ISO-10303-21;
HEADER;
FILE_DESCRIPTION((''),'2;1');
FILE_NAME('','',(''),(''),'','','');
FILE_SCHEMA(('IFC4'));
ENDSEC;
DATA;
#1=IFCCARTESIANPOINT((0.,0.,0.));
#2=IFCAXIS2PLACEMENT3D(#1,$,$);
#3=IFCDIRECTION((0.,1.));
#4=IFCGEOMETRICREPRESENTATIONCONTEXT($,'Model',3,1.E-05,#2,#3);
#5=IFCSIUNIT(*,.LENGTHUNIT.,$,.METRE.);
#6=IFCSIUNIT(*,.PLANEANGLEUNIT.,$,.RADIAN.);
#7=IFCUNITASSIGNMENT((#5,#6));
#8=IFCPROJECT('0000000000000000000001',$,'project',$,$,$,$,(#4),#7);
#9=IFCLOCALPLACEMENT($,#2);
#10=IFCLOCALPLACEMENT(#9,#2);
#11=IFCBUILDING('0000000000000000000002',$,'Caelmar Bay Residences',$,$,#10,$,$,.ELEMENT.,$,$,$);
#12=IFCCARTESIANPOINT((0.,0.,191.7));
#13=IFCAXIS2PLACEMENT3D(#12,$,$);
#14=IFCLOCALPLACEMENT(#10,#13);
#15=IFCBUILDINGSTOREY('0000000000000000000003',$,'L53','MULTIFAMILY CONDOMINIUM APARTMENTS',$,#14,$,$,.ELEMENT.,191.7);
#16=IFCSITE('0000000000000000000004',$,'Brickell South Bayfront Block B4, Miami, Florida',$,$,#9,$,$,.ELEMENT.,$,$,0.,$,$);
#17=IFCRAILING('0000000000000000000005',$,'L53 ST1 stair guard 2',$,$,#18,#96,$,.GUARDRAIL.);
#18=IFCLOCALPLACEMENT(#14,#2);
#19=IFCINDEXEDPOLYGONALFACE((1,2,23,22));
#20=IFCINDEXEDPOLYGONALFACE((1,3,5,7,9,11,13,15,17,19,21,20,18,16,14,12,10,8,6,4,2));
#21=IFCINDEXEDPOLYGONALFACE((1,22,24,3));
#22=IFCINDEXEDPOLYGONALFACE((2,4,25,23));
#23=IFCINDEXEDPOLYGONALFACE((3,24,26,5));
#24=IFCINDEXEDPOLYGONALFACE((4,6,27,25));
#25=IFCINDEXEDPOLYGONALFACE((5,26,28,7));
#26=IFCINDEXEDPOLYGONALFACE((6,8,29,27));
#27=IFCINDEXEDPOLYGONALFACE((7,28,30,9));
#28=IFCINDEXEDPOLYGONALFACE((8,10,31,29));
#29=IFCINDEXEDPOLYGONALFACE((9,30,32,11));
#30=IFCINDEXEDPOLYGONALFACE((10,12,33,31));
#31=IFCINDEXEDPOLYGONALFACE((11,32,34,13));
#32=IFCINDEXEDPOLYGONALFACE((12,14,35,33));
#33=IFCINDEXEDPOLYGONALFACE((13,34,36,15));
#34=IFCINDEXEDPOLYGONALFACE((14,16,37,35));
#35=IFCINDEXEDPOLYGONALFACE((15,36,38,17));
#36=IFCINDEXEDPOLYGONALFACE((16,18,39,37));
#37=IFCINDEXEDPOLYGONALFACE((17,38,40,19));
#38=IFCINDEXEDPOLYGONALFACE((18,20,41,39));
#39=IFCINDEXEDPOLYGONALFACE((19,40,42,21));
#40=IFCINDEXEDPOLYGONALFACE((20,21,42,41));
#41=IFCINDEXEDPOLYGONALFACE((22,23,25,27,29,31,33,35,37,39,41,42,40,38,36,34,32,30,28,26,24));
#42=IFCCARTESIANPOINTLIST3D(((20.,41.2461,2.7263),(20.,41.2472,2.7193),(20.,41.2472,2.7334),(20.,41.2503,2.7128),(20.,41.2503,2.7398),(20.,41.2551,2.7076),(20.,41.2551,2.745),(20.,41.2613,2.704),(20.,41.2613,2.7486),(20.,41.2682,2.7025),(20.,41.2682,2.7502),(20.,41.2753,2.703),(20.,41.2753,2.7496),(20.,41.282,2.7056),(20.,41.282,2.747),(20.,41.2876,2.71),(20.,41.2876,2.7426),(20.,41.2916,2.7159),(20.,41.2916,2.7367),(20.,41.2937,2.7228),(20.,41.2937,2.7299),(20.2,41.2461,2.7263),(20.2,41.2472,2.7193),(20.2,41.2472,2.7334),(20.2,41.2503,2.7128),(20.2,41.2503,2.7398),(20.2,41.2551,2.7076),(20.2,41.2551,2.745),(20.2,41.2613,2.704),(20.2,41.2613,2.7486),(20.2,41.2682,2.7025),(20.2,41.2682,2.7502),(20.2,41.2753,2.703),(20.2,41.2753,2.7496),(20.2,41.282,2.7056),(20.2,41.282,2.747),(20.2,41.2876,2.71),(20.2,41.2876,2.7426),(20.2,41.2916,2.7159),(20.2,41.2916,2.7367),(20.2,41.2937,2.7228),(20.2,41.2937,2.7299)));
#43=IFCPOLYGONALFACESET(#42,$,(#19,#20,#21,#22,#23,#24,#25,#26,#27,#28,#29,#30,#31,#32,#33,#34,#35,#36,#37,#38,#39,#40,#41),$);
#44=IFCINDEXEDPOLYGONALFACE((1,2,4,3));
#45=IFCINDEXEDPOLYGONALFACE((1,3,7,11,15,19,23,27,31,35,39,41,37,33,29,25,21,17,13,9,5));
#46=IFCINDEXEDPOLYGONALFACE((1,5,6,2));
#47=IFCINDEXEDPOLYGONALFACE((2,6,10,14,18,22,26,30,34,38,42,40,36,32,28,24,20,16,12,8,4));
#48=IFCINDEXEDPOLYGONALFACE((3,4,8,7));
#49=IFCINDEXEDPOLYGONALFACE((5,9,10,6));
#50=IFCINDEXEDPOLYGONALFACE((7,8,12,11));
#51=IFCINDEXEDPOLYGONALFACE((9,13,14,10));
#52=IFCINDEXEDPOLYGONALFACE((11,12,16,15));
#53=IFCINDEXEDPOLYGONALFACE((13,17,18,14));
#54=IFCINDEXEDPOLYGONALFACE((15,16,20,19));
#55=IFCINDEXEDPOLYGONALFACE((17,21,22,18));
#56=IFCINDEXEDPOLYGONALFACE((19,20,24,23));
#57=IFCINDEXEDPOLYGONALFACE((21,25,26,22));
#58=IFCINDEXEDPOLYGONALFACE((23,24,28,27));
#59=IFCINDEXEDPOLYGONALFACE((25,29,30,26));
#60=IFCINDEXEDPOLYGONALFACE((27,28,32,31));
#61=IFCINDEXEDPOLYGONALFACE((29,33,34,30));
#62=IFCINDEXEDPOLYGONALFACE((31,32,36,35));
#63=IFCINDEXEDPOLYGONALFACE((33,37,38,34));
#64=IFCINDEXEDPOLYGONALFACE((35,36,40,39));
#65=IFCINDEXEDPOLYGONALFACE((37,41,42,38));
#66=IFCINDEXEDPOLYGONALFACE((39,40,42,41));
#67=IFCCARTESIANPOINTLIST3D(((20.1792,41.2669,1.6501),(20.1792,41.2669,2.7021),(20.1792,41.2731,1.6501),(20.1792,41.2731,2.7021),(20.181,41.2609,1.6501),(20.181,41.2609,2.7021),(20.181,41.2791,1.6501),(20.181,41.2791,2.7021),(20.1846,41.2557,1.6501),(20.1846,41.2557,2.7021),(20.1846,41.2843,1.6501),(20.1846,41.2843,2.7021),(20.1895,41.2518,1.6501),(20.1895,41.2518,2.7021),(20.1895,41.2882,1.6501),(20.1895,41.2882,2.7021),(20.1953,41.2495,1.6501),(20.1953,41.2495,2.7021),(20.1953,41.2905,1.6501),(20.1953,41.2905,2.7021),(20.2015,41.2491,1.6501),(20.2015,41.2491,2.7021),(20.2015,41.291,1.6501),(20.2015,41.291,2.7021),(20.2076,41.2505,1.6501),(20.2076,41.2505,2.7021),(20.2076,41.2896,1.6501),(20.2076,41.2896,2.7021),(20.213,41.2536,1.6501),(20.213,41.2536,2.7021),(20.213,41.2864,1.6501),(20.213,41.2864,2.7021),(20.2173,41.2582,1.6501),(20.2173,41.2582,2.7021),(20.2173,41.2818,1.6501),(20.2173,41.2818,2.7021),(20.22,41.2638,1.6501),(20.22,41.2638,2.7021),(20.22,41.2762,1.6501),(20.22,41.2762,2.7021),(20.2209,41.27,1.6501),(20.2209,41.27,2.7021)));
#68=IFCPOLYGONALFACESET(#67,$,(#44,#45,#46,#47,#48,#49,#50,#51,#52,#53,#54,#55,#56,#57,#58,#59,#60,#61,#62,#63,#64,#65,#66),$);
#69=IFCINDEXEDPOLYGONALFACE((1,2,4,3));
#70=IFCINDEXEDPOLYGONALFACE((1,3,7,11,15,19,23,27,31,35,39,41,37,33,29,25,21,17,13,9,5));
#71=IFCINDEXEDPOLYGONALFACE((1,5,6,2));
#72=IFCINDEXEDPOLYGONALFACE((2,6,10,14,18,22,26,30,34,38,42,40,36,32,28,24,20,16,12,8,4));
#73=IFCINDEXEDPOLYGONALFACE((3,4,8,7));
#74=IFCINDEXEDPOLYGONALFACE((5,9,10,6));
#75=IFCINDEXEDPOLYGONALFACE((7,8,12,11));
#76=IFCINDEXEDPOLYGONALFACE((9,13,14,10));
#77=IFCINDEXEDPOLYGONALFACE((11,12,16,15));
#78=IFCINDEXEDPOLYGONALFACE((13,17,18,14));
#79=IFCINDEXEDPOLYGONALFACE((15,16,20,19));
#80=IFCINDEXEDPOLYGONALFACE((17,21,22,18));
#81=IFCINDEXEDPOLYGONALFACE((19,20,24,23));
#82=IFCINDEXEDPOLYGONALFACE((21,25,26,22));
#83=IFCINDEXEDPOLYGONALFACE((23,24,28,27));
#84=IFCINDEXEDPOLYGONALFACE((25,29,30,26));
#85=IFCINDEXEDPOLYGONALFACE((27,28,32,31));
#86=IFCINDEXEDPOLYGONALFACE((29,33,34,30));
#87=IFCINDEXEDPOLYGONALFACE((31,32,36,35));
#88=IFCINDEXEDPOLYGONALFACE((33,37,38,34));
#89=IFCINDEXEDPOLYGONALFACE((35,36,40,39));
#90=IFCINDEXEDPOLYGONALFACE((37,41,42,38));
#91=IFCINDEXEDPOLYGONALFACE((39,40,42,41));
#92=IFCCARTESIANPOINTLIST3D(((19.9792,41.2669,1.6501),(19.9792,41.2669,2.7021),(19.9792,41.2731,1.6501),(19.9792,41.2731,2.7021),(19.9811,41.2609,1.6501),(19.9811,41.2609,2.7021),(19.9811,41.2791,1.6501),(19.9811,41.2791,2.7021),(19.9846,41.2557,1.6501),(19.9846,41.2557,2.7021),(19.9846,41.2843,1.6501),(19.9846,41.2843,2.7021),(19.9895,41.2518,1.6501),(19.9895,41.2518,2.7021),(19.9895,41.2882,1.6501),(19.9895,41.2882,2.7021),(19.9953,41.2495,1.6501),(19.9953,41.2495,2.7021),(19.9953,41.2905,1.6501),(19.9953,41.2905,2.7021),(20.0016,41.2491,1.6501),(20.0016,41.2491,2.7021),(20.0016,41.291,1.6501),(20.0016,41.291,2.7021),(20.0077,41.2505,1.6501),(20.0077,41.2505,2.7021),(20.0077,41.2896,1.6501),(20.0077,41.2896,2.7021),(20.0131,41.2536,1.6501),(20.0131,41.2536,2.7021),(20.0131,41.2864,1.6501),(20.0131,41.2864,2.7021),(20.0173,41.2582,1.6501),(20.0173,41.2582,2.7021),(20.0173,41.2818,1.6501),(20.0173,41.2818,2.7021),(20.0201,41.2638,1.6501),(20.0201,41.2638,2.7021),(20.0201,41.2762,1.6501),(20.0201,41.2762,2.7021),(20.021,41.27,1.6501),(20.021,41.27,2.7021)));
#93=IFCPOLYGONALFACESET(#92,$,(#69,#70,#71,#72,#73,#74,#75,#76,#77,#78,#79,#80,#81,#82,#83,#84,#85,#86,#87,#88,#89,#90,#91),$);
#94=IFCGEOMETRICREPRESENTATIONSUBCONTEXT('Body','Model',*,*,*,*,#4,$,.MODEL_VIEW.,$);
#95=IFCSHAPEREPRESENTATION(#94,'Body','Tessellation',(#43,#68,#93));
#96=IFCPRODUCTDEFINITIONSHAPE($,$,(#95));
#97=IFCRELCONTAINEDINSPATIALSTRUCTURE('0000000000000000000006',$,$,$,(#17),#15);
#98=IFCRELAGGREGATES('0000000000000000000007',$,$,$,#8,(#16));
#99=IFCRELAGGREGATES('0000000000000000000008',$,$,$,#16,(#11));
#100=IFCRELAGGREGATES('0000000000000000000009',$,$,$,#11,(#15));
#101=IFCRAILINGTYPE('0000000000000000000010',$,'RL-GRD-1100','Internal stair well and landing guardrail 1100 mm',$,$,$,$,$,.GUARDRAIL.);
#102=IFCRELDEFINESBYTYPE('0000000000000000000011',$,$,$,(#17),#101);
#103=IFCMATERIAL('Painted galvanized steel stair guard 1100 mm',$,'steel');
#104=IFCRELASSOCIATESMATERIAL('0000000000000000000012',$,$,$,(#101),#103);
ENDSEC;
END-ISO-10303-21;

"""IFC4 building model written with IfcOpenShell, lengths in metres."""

from ifc_helpers import new_model, si_unit, direction, frame, origin, origin_2d, place, context, subcontext, project, spatial, circle, extrude, material, type_object, element, save


model = new_model("IFC4")

# Units and contexts
model_context = context("Model", 3, precision=1e-05, world=origin(), true_north=direction((0.0, 1.0)))
body_context = subcontext(model_context, "Body", "Model", "MODEL_VIEW")
ifc_project = project(units=[si_unit("LENGTHUNIT", "METRE"), si_unit("PLANEANGLEUNIT", "RADIAN")], contexts=[model_context])

# Site, building, storey
site_placement = place(None, origin())
site = spatial("IfcSite", under=ifc_project, at=site_placement, Name="Brickell South Bayfront Block B4, Miami, Florida", CompositionType="ELEMENT", RefElevation=0.0)
building_placement = place(site_placement, origin())
building = spatial("IfcBuilding", under=site, at=building_placement, Name="Caelmar Bay Residences", CompositionType="ELEMENT")
storey_placement = place(building_placement, frame((0.0, 0.0, 191.7)))
storey = spatial("IfcBuildingStorey", under=building, at=storey_placement, Name="L53", Description="MULTIFAMILY CONDOMINIUM APARTMENTS", CompositionType="ELEMENT", Elevation=191.7)

# Railing
ifc_material_1 = material(Name="Painted galvanized steel stair guard 1100 mm", Category="steel")
railing_type_1 = type_object("IfcRailingType", Name="RL-GRD-1100", Description="Internal stair well and landing guardrail 1100 mm", PredefinedType="GUARDRAIL", material=ifc_material_1)
railing_1_placement = place(storey_placement, frame((20.2, 41.27, 1.6501)))
element("IfcRailing", 1, at=railing_1_placement, inside=storey, type_object=railing_type_1, Name="L53 ST1 stair guard 2", PredefinedType="GUARDRAIL", context=body_context, shape_type="SweptSolid", body=[
    extrude(circle(Radius=0.0239, at=origin_2d()), frame((0.0, 0.0, 1.0762), z_axis=(-1.0, 0.0, 0.0), x_axis=(0.0, -1.0, 0.0)), (0.0, 0.0, 1.0), 0.2),
    extrude(circle(Radius=0.021, at=origin_2d()), origin(), (0.0, 0.0, 1.0), 1.052),
    extrude(circle(Radius=0.021, at=origin_2d()), frame((-0.2, 0.0, 0.0)), (0.0, 0.0, 1.0), 1.052),
])

save(model, "model.ifc")
